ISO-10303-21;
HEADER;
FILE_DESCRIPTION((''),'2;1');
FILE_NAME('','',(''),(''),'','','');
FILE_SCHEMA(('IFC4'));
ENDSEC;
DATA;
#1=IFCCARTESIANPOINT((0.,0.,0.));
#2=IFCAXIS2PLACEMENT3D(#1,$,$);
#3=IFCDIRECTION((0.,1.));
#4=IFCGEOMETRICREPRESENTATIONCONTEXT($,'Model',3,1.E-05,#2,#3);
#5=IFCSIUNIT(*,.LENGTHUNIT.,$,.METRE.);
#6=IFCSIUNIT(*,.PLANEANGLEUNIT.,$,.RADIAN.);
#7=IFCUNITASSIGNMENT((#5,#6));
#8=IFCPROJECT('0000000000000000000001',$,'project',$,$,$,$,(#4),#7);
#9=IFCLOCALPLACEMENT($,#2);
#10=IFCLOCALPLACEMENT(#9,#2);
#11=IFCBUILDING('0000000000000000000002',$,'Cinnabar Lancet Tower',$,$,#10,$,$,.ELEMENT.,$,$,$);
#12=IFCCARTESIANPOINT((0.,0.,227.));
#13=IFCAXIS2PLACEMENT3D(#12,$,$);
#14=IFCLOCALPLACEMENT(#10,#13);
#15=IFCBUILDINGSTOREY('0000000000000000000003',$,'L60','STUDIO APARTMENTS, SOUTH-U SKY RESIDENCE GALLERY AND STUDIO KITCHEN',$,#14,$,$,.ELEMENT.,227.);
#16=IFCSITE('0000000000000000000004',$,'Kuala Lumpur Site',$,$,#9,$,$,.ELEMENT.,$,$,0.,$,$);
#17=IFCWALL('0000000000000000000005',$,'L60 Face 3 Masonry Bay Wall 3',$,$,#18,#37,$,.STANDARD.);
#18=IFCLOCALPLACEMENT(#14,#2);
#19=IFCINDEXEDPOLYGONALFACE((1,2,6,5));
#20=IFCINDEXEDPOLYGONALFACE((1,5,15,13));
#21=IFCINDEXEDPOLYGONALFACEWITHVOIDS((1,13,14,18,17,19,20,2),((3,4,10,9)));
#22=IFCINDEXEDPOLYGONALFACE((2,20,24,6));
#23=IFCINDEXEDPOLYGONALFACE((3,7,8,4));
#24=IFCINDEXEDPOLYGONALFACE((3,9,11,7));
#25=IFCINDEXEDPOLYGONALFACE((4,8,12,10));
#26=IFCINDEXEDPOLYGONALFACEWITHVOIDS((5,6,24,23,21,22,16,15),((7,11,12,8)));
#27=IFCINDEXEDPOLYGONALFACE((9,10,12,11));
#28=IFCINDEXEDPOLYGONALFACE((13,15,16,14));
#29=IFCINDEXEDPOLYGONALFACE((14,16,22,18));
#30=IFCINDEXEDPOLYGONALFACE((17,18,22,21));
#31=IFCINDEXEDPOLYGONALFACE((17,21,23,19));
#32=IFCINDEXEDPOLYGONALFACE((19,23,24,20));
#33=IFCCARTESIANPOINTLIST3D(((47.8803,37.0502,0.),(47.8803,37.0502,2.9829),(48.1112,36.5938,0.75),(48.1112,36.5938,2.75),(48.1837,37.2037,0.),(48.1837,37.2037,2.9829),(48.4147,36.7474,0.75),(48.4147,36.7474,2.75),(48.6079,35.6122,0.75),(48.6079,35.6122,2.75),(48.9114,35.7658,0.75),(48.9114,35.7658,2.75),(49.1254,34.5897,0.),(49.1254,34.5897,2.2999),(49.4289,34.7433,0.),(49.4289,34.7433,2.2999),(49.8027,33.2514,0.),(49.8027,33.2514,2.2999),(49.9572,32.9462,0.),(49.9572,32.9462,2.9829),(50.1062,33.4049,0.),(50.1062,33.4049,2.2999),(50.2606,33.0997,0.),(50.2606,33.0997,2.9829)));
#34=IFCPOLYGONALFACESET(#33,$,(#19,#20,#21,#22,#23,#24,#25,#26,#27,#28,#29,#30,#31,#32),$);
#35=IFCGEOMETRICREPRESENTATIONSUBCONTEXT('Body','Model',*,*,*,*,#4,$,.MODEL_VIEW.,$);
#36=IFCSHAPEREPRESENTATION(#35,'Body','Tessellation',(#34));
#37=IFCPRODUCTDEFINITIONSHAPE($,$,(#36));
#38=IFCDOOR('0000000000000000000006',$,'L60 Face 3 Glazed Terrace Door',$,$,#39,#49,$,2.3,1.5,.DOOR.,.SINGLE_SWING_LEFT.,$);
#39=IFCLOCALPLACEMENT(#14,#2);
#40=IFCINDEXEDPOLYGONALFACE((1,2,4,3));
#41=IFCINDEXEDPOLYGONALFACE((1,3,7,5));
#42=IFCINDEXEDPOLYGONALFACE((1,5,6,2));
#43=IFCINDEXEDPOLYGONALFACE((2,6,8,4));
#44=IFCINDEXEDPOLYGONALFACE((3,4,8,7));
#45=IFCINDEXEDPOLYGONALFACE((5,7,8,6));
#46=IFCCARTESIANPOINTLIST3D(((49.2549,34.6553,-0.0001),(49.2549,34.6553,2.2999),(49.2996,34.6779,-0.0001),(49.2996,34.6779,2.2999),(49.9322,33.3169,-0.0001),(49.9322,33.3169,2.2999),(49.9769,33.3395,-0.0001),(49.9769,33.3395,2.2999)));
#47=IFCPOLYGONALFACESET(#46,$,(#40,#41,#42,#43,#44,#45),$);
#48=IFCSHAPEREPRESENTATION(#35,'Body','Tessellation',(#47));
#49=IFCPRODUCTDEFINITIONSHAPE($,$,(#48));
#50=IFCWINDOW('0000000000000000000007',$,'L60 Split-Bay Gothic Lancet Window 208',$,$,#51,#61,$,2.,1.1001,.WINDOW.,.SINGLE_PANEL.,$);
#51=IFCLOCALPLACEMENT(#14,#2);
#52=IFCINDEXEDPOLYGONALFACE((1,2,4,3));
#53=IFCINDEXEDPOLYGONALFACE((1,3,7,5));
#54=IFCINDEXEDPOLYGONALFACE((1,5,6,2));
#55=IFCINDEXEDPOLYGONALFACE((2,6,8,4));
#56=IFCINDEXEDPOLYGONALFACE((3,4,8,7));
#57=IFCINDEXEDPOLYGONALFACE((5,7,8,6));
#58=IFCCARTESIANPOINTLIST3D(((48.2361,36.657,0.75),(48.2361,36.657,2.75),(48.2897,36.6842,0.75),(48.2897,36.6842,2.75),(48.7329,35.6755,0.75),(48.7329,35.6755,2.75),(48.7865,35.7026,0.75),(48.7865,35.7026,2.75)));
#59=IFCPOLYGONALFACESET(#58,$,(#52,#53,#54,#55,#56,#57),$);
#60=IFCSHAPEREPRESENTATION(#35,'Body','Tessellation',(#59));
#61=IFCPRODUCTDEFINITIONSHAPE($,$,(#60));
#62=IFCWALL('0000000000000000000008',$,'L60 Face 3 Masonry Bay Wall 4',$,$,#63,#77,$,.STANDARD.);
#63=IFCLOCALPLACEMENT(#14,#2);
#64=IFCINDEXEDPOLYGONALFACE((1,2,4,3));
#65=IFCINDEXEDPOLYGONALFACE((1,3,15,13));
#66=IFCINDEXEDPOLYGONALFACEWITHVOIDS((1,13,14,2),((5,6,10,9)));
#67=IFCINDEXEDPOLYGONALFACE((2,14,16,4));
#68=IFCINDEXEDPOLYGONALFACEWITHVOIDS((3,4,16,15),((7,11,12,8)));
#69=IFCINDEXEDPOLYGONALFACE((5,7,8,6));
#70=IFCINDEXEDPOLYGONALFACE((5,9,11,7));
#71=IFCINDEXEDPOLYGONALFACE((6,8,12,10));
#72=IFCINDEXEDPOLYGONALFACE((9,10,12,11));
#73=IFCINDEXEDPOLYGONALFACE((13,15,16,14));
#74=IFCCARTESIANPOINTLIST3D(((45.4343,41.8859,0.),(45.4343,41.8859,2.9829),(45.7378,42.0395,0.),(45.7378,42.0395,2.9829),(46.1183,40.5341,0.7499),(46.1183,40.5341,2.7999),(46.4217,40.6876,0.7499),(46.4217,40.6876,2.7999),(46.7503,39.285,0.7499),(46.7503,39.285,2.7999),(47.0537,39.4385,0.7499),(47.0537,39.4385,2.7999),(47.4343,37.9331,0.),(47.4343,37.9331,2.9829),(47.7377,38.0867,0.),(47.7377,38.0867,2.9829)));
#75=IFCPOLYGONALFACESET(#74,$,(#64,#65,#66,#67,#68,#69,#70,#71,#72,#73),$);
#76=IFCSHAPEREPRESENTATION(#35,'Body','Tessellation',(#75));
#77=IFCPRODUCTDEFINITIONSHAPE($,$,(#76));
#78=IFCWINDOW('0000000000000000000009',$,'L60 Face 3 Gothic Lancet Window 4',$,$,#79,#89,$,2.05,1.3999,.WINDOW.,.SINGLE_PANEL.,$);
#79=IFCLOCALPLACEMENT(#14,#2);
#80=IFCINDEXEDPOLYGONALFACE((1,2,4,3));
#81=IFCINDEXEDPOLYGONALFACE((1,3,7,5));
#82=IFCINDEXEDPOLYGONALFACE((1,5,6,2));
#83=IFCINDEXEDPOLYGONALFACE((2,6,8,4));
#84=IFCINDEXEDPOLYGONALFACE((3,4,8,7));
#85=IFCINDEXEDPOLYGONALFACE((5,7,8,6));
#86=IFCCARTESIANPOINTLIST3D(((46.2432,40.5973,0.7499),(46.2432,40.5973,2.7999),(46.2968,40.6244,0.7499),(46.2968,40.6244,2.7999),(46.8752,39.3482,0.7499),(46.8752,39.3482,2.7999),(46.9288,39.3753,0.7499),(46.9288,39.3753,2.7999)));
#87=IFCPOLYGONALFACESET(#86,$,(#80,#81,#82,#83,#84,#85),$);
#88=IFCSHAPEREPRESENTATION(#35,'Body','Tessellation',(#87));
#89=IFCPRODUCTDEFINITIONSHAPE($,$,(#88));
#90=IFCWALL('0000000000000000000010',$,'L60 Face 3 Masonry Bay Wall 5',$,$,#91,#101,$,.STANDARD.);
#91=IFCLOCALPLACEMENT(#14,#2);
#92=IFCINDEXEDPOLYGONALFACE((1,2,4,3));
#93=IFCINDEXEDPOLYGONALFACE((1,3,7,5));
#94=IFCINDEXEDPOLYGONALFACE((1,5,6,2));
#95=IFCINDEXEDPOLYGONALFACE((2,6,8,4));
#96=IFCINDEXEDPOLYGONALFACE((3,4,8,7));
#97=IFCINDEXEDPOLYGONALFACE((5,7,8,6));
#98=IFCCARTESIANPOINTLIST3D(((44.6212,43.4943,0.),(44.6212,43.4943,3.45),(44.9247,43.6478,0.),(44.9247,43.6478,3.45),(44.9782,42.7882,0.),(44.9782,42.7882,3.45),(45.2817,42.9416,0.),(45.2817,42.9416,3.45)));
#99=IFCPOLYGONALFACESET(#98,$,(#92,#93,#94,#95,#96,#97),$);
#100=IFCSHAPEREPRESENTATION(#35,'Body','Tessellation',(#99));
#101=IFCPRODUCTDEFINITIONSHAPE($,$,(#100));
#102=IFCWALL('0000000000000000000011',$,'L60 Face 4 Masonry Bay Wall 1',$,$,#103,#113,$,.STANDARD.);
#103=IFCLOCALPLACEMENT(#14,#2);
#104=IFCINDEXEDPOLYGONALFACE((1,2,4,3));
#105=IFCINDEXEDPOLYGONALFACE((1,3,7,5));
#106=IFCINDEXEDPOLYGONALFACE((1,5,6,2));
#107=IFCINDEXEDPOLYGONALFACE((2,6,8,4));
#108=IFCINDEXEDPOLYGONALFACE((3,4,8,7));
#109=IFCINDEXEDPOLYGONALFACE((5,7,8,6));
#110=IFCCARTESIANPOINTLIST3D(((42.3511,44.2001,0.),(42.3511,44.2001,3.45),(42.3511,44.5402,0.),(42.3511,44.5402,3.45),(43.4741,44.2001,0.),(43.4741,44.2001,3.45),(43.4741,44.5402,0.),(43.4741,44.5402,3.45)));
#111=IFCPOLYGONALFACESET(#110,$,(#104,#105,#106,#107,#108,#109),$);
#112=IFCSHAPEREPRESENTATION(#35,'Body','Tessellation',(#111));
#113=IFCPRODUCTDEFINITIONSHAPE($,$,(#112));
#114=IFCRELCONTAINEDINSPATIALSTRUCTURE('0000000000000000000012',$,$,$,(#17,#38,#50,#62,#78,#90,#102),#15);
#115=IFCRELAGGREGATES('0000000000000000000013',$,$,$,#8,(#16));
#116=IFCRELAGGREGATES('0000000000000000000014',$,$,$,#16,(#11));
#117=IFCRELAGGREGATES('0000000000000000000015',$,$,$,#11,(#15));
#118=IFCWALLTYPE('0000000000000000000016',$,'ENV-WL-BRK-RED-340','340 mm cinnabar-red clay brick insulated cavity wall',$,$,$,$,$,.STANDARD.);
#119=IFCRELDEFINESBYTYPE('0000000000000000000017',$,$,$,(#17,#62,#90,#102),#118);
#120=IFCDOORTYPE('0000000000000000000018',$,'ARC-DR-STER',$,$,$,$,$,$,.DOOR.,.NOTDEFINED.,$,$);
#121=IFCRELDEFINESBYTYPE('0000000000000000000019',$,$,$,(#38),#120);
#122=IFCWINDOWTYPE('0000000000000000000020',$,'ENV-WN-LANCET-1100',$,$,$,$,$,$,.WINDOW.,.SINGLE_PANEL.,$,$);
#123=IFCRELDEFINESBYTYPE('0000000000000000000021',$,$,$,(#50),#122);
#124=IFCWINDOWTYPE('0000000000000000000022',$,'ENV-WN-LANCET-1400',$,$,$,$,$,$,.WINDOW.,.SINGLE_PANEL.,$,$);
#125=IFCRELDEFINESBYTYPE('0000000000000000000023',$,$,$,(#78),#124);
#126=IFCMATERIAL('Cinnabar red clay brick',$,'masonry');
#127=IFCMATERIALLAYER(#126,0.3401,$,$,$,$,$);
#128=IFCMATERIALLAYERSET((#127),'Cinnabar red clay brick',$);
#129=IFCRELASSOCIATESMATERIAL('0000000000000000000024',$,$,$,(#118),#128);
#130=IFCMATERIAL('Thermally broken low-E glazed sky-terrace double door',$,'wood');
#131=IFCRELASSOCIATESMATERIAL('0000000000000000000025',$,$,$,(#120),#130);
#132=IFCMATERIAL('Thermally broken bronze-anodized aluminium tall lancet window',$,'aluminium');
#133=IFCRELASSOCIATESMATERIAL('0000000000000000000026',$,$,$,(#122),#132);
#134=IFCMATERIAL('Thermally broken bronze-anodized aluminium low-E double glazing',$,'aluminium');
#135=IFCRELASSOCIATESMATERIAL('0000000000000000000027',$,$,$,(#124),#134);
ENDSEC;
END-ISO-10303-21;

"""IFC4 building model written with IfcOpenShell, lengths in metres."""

from ifc_helpers import new_model, si_unit, direction, frame, frame_2d, origin, place, context, subcontext, project, spatial, rectangle, extrude, material, layer, layer_set, type_object, element, fill, save


model = new_model("IFC4")

# Units and contexts
model_context = context("Model", 3, precision=1e-05, world=origin(), true_north=direction((0.0, 1.0)))
body_context = subcontext(model_context, "Body", "Model", "MODEL_VIEW")
ifc_project = project(units=[si_unit("LENGTHUNIT", "METRE"), si_unit("PLANEANGLEUNIT", "RADIAN")], contexts=[model_context])

# Site, building, storey
site_placement = place(None, origin())
site = spatial("IfcSite", under=ifc_project, at=site_placement, Name="Kuala Lumpur Site", CompositionType="ELEMENT", RefElevation=0.0)
building_placement = place(site_placement, origin())
building = spatial("IfcBuilding", under=site, at=building_placement, Name="Cinnabar Lancet Tower", CompositionType="ELEMENT")
storey_placement = place(building_placement, frame((0.0, 0.0, 227.0)))
storey = spatial("IfcBuildingStorey", under=building, at=storey_placement, Name="L60", Description="STUDIO APARTMENTS, SOUTH-U SKY RESIDENCE GALLERY AND STUDIO KITCHEN", CompositionType="ELEMENT", Elevation=227.0)

# Shared definitions
ifc_material_1 = material(Name="Cinnabar red clay brick", Category="masonry")
ifc_layer_1 = layer(ifc_material_1, 0.3401)
ifc_layer_set_1 = layer_set([ifc_layer_1], Name="Cinnabar red clay brick")
wall_type_1 = type_object("IfcWallType", Name="ENV-WL-BRK-RED-340", Description="340 mm cinnabar-red clay brick insulated cavity wall", PredefinedType="STANDARD", material=ifc_layer_set_1)

# Wall, openings, door, window
wall_1_placement = place(storey_placement, frame((50.1089, 33.0229, 0.0), z_axis=(0.0, 0.0, 1.0), x_axis=(-0.45154, 0.892251, 0.0)))
wall_1 = element("IfcWall", 1, at=wall_1_placement, inside=storey, type_object=wall_type_1, Name="L60 Face 3 Masonry Bay Wall 3", PredefinedType="STANDARD", context=body_context, shape_type="SweptSolid", body=[
    extrude(rectangle(XDim=4.5996, YDim=0.3401, at=frame_2d((2.2998, 0.0))), origin(), (0.0, 0.0, 1.0), 2.9829),
])
opening_1_placement = place(wall_1_placement, frame((0.342, 0.0, 0.0)))
opening_1 = element("IfcOpeningElement", 2, at=opening_1_placement, cuts=wall_1, PredefinedType="OPENING", context=body_context, shape_type="SweptSolid", body=[
    extrude(rectangle(XDim=1.5, YDim=2.3, at=frame_2d((0.75, 1.1499))), frame((0.0, 0.1799, 0.0), z_axis=(0.0, -1.0, 0.0), x_axis=(1.0, 0.0, 0.0)), (0.0, 0.0, 1.0), 0.3601),
])
opening_2_placement = place(wall_1_placement, frame((2.988, 0.0, 0.75)))
opening_2 = element("IfcOpeningElement", 3, at=opening_2_placement, cuts=wall_1, PredefinedType="OPENING", context=body_context, shape_type="SweptSolid", body=[
    extrude(rectangle(XDim=1.1001, YDim=2.0, at=frame_2d((0.55, 1.0))), frame((0.0, 0.1799, 0.0), z_axis=(0.0, -1.0, 0.0), x_axis=(1.0, 0.0, 0.0)), (0.0, 0.0, 1.0), 0.3601),
])
ifc_material_2 = material(Name="Thermally broken low-E glazed sky-terrace double door", Category="wood")
door_type = type_object("IfcDoorType", Name="ARC-DR-STER", OperationType="NOTDEFINED", PredefinedType="DOOR", material=ifc_material_2)
door_placement = place(opening_1_placement, origin())
door = element("IfcDoor", 4, at=door_placement, inside=storey, type_object=door_type, Name="L60 Face 3 Glazed Terrace Door", OperationType="SINGLE_SWING_LEFT", OverallHeight=2.3, OverallWidth=1.5, PredefinedType="DOOR", context=body_context, shape_type="SweptSolid", body=[
    extrude(rectangle(XDim=1.5, YDim=2.3, at=frame_2d((0.75, 1.1499))), frame((0.0, 0.0249, 0.0), z_axis=(0.0, -1.0, 0.0), x_axis=(1.0, 0.0, 0.0)), (0.0, 0.0, 1.0), 0.05),
])
fill(opening_1, door)
ifc_material_3 = material(Name="Thermally broken bronze-anodized aluminium tall lancet window", Category="aluminium")
window_type_1 = type_object("IfcWindowType", Name="ENV-WN-LANCET-1100", PartitioningType="SINGLE_PANEL", PredefinedType="WINDOW", material=ifc_material_3)
window_1_placement = place(opening_2_placement, origin())
window_1 = element("IfcWindow", 5, at=window_1_placement, inside=storey, type_object=window_type_1, Name="L60 Split-Bay Gothic Lancet Window 208", OverallHeight=2.0, OverallWidth=1.1001, PartitioningType="SINGLE_PANEL", PredefinedType="WINDOW", context=body_context, shape_type="SweptSolid", body=[
    extrude(rectangle(XDim=1.1001, YDim=2.0, at=frame_2d((0.55, 1.0))), frame((0.0, 0.03, 0.0), z_axis=(0.0, -1.0, 0.0), x_axis=(1.0, 0.0, 0.0)), (0.0, 0.0, 1.0), 0.0601),
])
fill(opening_2, window_1)

# Wall, opening, window
wall_2_placement = place(storey_placement, frame((47.5859, 38.01, 0.0), z_axis=(0.0, 0.0, 1.0), x_axis=(-0.451463, 0.89229, 0.0)))
wall_2 = element("IfcWall", 6, at=wall_2_placement, inside=storey, type_object=wall_type_1, Name="L60 Face 3 Masonry Bay Wall 4", PredefinedType="STANDARD", context=body_context, shape_type="SweptSolid", body=[
    extrude(rectangle(XDim=4.4299, YDim=0.3401, at=frame_2d((2.2148, 0.0))), origin(), (0.0, 0.0, 1.0), 2.9829),
])
opening_3_placement = place(wall_2_placement, frame((1.5149, 0.0, 0.75)))
opening_3 = element("IfcOpeningElement", 7, at=opening_3_placement, cuts=wall_2, PredefinedType="OPENING", context=body_context, shape_type="SweptSolid", body=[
    extrude(rectangle(XDim=1.3999, YDim=2.05, at=frame_2d((0.7, 1.0249))), frame((0.0, 0.1799, 0.0), z_axis=(0.0, -1.0, 0.0), x_axis=(1.0, 0.0, 0.0)), (0.0, 0.0, 1.0), 0.3601),
])
ifc_material_4 = material(Name="Thermally broken bronze-anodized aluminium low-E double glazing", Category="aluminium")
window_type_2 = type_object("IfcWindowType", Name="ENV-WN-LANCET-1400", PartitioningType="SINGLE_PANEL", PredefinedType="WINDOW", material=ifc_material_4)
window_2_placement = place(opening_3_placement, origin())
window_2 = element("IfcWindow", 8, at=window_2_placement, inside=storey, type_object=window_type_2, Name="L60 Face 3 Gothic Lancet Window 4", OverallHeight=2.05, OverallWidth=1.3999, PartitioningType="SINGLE_PANEL", PredefinedType="WINDOW", context=body_context, shape_type="SweptSolid", body=[
    extrude(rectangle(XDim=1.3999, YDim=2.05, at=frame_2d((0.7, 1.0249))), frame((0.0, 0.03, 0.0), z_axis=(0.0, -1.0, 0.0), x_axis=(1.0, 0.0, 0.0)), (0.0, 0.0, 1.0), 0.0601),
])
fill(opening_3, window_2)

# Walls
wall_3_placement = place(storey_placement, frame((45.1299, 42.865, 0.0), z_axis=(0.0, 0.0, 1.0), x_axis=(-0.451159, 0.892443, 0.0)))
element("IfcWall", 9, at=wall_3_placement, inside=storey, type_object=wall_type_1, Name="L60 Face 3 Masonry Bay Wall 5", PredefinedType="STANDARD", context=body_context, shape_type="SweptSolid", body=[
    extrude(rectangle(XDim=0.7913, YDim=0.3401, at=frame_2d((0.3955, 0.0))), origin(), (0.0, 0.0, 1.0), 3.45),
])
wall_4_placement = place(storey_placement, frame((43.4741, 44.3701, 0.0), z_axis=(0.0, 0.0, 1.0), x_axis=(-1.0, 0.0, 0.0)))
element("IfcWall", 10, at=wall_4_placement, inside=storey, type_object=wall_type_1, Name="L60 Face 4 Masonry Bay Wall 1", PredefinedType="STANDARD", context=body_context, shape_type="SweptSolid", body=[
    extrude(rectangle(XDim=1.123, YDim=0.3401, at=frame_2d((0.5615, 0.0))), origin(), (0.0, 0.0, 1.0), 3.45),
])

save(model, "model.ifc")
